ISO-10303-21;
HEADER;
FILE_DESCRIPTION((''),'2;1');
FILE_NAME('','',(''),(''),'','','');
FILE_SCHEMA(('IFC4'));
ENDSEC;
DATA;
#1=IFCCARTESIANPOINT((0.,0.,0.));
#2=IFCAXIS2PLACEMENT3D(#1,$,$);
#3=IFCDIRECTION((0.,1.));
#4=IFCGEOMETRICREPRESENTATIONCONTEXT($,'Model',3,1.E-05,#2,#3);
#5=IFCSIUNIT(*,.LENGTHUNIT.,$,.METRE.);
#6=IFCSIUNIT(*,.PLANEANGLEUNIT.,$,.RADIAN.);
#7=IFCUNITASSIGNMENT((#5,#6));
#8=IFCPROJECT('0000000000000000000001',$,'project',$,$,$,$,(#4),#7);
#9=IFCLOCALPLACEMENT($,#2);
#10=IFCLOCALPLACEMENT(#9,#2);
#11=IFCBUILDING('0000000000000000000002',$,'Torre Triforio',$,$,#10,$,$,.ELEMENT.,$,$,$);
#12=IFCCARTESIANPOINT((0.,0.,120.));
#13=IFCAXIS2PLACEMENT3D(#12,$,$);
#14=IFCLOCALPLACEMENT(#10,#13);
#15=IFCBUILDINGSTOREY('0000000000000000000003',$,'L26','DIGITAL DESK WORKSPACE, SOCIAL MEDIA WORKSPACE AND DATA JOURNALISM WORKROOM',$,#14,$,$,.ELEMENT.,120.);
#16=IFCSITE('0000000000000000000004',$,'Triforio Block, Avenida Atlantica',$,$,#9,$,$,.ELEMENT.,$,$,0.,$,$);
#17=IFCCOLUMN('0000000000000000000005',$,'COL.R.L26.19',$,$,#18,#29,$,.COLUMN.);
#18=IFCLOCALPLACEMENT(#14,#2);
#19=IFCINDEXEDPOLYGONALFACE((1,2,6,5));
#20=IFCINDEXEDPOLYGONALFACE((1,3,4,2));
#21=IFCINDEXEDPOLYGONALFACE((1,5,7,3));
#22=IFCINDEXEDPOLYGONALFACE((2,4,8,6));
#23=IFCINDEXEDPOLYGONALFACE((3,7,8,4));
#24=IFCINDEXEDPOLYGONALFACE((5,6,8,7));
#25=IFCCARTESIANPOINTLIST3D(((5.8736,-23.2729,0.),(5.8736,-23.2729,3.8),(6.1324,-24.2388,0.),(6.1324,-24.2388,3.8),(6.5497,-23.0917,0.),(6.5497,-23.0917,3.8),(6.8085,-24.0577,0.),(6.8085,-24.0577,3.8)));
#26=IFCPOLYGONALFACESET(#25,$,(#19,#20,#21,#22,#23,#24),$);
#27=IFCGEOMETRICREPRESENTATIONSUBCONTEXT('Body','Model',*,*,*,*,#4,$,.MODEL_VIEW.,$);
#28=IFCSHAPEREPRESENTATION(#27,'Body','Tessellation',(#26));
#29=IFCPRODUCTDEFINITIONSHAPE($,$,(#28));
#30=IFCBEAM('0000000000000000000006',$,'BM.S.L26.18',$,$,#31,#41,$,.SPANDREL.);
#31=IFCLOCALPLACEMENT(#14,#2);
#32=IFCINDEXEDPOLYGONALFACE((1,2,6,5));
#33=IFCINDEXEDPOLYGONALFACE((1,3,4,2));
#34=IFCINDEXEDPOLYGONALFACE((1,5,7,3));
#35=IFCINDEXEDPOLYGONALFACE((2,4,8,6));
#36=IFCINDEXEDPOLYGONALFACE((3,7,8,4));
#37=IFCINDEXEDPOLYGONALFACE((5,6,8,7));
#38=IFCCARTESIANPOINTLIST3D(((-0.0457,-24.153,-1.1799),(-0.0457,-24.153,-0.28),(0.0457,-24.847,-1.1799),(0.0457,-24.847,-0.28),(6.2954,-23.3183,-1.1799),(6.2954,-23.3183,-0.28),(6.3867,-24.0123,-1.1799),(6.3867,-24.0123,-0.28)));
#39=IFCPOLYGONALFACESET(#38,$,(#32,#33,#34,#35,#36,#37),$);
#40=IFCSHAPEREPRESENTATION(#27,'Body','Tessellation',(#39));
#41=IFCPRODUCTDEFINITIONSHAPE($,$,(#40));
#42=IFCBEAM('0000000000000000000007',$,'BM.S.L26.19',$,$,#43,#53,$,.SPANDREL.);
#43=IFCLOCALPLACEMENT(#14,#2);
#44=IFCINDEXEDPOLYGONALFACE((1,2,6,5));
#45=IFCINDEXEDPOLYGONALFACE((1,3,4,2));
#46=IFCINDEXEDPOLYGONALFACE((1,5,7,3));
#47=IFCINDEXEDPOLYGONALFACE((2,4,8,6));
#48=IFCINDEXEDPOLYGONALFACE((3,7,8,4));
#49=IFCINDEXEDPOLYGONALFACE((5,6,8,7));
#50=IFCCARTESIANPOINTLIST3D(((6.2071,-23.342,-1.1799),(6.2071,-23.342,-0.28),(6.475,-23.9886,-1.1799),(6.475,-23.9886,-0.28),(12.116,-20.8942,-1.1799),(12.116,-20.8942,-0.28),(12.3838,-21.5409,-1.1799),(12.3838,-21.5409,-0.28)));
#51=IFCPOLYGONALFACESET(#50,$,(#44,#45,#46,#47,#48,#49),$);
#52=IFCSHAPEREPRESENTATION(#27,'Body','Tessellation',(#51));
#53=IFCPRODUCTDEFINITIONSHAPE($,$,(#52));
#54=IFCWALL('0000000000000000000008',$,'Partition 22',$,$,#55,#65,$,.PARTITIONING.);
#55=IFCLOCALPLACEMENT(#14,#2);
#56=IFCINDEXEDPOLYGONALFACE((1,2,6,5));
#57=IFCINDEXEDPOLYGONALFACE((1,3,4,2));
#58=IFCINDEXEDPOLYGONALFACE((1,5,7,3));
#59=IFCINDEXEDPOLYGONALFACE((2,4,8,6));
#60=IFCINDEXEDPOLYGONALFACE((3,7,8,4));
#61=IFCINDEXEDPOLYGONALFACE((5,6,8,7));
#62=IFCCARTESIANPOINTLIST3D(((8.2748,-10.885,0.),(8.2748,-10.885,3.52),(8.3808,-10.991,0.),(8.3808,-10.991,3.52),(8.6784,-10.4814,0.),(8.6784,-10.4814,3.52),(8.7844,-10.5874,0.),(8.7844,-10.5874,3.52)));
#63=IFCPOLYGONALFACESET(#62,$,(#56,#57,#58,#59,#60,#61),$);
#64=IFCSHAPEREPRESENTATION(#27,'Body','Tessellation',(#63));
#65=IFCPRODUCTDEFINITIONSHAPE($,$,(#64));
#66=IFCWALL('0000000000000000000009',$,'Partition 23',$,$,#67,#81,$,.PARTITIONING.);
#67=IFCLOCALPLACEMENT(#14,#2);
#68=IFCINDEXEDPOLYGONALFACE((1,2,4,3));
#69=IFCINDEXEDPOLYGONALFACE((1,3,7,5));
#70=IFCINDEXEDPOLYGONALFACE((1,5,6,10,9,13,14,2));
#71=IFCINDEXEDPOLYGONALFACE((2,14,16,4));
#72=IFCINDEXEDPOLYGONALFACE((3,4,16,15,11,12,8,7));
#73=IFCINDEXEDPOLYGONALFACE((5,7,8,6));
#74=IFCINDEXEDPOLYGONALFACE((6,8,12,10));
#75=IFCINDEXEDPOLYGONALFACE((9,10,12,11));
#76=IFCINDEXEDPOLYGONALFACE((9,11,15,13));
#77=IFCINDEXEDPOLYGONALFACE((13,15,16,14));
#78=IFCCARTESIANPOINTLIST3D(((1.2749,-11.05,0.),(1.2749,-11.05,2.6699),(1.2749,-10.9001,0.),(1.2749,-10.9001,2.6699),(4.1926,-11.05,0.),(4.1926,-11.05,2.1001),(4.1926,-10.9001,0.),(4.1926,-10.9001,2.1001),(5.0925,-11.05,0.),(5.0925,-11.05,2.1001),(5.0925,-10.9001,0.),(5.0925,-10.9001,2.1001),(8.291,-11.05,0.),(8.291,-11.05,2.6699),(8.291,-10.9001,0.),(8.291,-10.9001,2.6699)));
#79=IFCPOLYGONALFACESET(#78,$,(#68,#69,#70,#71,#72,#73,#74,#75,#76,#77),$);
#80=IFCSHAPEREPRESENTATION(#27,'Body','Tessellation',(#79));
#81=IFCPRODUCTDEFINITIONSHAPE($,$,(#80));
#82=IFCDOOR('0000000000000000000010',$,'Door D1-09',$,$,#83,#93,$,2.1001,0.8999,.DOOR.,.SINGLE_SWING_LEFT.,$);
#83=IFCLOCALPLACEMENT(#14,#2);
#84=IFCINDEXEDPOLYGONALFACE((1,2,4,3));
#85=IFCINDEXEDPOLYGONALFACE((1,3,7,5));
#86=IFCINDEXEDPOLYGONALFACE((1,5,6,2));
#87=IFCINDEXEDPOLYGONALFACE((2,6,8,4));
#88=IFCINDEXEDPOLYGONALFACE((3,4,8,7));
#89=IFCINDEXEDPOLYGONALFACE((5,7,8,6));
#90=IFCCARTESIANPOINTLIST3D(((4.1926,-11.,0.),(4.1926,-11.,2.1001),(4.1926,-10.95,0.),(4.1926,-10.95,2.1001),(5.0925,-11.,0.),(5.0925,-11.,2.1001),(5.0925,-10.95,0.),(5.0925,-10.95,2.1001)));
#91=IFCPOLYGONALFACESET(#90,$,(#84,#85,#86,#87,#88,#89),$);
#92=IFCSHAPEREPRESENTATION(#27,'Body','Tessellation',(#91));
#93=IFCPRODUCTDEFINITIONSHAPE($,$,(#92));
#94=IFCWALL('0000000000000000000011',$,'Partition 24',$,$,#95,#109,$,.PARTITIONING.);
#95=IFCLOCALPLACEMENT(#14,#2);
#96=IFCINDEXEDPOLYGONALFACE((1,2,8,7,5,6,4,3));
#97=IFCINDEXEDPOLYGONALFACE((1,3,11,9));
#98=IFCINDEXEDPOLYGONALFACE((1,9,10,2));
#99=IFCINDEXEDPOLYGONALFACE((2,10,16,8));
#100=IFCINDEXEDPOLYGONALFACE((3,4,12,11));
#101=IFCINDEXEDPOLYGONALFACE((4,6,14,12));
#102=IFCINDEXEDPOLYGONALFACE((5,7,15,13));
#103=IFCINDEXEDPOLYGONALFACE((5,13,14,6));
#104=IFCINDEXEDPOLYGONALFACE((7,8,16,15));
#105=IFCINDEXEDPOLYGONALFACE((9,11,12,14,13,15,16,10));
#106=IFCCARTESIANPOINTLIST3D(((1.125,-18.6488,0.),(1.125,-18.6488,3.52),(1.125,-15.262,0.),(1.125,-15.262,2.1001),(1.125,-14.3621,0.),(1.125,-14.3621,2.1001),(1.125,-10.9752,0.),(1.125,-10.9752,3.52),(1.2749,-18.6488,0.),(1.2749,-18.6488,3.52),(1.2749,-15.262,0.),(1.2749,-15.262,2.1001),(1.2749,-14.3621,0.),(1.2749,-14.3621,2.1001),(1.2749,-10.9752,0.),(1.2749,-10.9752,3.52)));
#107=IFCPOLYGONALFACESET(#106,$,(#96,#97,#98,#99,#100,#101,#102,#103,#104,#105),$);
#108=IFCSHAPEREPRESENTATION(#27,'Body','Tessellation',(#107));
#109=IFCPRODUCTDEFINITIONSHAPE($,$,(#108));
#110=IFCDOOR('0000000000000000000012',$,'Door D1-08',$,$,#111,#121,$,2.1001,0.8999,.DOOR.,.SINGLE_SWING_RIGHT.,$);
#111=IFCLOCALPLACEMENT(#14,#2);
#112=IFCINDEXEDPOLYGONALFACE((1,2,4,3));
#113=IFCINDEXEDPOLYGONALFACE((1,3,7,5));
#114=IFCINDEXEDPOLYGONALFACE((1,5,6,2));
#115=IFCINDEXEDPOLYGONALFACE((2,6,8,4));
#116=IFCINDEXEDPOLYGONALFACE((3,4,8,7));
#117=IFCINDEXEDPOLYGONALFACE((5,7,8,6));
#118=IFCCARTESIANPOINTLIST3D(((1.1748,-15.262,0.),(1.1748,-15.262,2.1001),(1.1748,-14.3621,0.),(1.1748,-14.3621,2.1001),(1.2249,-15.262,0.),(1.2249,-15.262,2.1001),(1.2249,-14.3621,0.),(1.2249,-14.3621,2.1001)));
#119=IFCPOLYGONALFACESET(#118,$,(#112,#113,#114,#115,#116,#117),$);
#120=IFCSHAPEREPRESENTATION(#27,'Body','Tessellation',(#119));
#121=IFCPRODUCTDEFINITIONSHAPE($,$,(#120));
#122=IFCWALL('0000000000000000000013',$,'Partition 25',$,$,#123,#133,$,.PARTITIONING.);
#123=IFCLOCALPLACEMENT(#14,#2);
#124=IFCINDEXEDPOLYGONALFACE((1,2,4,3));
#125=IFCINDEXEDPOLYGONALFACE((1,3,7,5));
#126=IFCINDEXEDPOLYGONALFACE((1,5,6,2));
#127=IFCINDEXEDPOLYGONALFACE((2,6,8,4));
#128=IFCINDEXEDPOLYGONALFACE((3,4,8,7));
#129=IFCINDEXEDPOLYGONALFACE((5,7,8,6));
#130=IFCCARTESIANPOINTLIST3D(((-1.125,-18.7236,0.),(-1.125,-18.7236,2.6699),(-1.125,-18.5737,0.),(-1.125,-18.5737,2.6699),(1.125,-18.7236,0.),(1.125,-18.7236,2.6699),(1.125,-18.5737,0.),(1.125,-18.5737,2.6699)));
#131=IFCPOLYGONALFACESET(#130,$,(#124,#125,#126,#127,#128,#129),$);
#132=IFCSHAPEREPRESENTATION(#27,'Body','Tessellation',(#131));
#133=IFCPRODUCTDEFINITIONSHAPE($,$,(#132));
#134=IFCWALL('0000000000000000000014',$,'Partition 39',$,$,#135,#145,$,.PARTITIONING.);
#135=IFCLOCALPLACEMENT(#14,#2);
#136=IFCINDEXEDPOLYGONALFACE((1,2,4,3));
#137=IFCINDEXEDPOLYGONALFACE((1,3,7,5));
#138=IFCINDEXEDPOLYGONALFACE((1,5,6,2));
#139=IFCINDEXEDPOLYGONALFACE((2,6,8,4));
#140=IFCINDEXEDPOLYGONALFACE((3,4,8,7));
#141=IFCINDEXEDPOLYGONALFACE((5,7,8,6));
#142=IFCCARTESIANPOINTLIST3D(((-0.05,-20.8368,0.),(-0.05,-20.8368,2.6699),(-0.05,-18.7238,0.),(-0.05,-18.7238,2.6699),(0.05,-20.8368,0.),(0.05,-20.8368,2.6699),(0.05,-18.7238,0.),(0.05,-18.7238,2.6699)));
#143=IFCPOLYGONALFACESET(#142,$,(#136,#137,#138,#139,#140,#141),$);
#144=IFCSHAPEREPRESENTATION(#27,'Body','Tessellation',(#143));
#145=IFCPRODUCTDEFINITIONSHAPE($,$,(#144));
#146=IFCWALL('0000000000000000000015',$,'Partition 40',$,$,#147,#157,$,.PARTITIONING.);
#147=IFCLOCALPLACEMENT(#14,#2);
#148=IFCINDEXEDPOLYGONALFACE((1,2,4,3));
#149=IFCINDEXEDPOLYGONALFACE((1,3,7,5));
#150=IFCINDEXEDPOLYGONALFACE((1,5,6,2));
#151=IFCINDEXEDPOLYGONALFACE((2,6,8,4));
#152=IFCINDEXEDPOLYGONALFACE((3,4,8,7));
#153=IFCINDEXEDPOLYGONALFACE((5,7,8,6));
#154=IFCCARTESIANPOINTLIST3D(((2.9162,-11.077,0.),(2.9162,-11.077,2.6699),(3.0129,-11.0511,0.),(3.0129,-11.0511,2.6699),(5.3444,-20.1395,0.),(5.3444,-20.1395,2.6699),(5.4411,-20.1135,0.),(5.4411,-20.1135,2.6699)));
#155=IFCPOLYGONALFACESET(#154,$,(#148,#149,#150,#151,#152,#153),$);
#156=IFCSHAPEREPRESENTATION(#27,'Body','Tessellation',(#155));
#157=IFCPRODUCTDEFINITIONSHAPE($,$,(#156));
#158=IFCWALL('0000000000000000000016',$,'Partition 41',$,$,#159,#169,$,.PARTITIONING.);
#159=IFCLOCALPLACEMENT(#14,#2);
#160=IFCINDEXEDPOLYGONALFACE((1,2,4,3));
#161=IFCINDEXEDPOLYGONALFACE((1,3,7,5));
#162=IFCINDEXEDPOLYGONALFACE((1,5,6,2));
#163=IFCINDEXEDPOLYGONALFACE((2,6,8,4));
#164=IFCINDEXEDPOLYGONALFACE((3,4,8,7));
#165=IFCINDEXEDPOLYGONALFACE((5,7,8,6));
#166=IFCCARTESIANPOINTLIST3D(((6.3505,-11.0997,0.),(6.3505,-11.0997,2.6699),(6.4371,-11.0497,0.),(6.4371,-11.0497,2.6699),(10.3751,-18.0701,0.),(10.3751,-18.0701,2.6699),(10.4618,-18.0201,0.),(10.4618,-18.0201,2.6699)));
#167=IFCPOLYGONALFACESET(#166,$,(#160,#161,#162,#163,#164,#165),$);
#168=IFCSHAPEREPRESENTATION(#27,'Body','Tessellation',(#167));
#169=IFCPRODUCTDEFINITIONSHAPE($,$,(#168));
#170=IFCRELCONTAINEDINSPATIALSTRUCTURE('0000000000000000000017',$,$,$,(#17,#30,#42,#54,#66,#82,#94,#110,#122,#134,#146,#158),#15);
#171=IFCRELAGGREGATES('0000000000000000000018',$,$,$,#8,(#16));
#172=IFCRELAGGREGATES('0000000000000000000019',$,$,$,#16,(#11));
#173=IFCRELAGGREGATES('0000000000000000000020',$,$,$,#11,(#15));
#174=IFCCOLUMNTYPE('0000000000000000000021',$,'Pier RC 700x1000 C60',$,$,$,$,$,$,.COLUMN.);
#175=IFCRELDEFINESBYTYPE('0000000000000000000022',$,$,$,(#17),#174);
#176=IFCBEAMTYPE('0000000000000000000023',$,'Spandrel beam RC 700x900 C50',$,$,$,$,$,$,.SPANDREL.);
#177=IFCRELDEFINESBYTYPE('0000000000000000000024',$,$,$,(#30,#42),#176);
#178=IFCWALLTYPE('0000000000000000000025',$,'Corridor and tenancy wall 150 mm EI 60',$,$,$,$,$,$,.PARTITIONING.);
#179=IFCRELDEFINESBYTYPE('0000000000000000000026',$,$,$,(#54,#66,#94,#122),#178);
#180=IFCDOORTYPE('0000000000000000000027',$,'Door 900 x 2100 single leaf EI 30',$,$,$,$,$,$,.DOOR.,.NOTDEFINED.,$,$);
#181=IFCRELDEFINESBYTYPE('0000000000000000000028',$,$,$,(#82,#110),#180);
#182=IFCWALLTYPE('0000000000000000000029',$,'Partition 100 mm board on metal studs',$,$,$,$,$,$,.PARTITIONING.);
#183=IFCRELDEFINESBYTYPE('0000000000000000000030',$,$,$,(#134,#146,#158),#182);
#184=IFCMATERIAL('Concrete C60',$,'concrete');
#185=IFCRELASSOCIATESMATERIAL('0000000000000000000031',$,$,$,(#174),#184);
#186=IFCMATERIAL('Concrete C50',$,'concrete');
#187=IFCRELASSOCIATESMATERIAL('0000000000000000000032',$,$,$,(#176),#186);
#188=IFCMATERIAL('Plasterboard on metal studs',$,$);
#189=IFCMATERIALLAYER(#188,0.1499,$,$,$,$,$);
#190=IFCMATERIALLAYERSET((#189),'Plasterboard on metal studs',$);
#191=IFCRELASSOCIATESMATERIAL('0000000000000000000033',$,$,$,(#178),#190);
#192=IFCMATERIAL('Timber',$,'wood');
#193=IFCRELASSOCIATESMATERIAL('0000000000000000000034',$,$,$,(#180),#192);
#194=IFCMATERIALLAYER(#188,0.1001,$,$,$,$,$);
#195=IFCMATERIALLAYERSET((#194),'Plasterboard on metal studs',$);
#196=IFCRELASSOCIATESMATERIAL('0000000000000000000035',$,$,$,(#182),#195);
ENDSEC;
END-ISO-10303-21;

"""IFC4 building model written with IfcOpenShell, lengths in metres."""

from ifc_helpers import new_model, si_unit, direction, frame, frame_2d, origin, origin_2d, place, context, subcontext, project, spatial, rectangle, extrude, material, layer, layer_set, material_profile, profile_set, type_object, element, fill, save


model = new_model("IFC4")

# Units and contexts
model_context = context("Model", 3, precision=1e-05, world=origin(), true_north=direction((0.0, 1.0)))
body_context = subcontext(model_context, "Body", "Model", "MODEL_VIEW")
ifc_project = project(units=[si_unit("LENGTHUNIT", "METRE"), si_unit("PLANEANGLEUNIT", "RADIAN")], contexts=[model_context])

# Site, building, storey
site_placement = place(None, origin())
site = spatial("IfcSite", under=ifc_project, at=site_placement, Name="Triforio Block, Avenida Atlantica", CompositionType="ELEMENT", RefElevation=0.0)
building_placement = place(site_placement, origin())
building = spatial("IfcBuilding", under=site, at=building_placement, Name="Torre Triforio", CompositionType="ELEMENT")
storey_placement = place(building_placement, frame((0.0, 0.0, 120.0)))
storey = spatial("IfcBuildingStorey", under=building, at=storey_placement, Name="L26", Description="DIGITAL DESK WORKSPACE, SOCIAL MEDIA WORKSPACE AND DATA JOURNALISM WORKROOM", CompositionType="ELEMENT", Elevation=120.0)

# Column
ifc_material_1 = material(Name="Concrete C60", Category="concrete")
ifc_material_profile_1 = material_profile(ifc_material_1, rectangle(XDim=0.7, YDim=1.0, at=origin_2d()), Name="RC 700x1000")
ifc_profile_set_1 = profile_set([ifc_material_profile_1], Name="Concrete C60")
column_type = type_object("IfcColumnType", Name="Pier RC 700x1000 C60", PredefinedType="COLUMN", material=ifc_profile_set_1)
column_placement = place(storey_placement, frame((6.3411, -23.6653, 0.0), z_axis=(0.0, 0.0, 1.0), x_axis=(0.965926, 0.258819, 0.0)))
element("IfcColumn", 1, at=column_placement, inside=storey, type_object=column_type, Name="COL.R.L26.19", PredefinedType="COLUMN", context=body_context, shape_type="SweptSolid", body=[
    extrude(rectangle(XDim=0.7, YDim=1.0, at=origin_2d()), origin(), (0.0, 0.0, 1.0), 3.8),
])

# Beams
ifc_material_2 = material(Name="Concrete C50", Category="concrete")
ifc_material_profile_2 = material_profile(ifc_material_2, rectangle(XDim=0.7, YDim=0.8999, at=origin_2d()), Name="RC 700x900")
ifc_profile_set_2 = profile_set([ifc_material_profile_2], Name="Concrete C50")
beam_type = type_object("IfcBeamType", Name="Spandrel beam RC 700x900 C50", PredefinedType="SPANDREL", material=ifc_profile_set_2)
for number, where, z_axis, x_axis, name in (
    (2, (0.0, -24.5, -0.73), (0.991447, 0.130511, 0.0), (-0.130511, 0.991447, 0.0), "BM.S.L26.18"),
    (3, (6.3411, -23.6653, -0.73), (0.923869, 0.382709, 0.0), (-0.382709, 0.923869, 0.0), "BM.S.L26.19"),
):
    element("IfcBeam", number, at=place(storey_placement, frame(where, z_axis=z_axis, x_axis=x_axis)), inside=storey, type_object=beam_type, Name=name, PredefinedType="SPANDREL", context=body_context, shape_type="SweptSolid", body=[
        extrude(rectangle(XDim=0.7, YDim=0.8999, at=origin_2d()), origin(), (0.0, 0.0, 1.0), 6.3958),
    ])

# Wall
ifc_material_3 = material(Name="Plasterboard on metal studs")
ifc_layer_1 = layer(ifc_material_3, 0.1499)
ifc_layer_set_1 = layer_set([ifc_layer_1], Name="Plasterboard on metal studs")
wall_type_1 = type_object("IfcWallType", Name="Corridor and tenancy wall 150 mm EI 60", PredefinedType="PARTITIONING", material=ifc_layer_set_1)
wall_1_placement = place(storey_placement, frame((8.7314, -10.5344, 0.0), z_axis=(0.0, 0.0, 1.0), x_axis=(-0.707107, -0.707107, 0.0)))
element("IfcWall", 4, at=wall_1_placement, inside=storey, type_object=wall_type_1, Name="Partition 22", PredefinedType="PARTITIONING", context=body_context, shape_type="SweptSolid", body=[
    extrude(rectangle(XDim=0.5708, YDim=0.1499, at=frame_2d((0.2854, 0.0))), origin(), (0.0, 0.0, 1.0), 3.52),
])

# Walls, openings, doors
wall_2_placement = place(storey_placement, frame((8.291, -10.9751, 0.0), z_axis=(0.0, 0.0, 1.0), x_axis=(-1.0, 0.0, 0.0)))
wall_2 = element("IfcWall", 5, at=wall_2_placement, inside=storey, type_object=wall_type_1, Name="Partition 23", PredefinedType="PARTITIONING", context=body_context, shape_type="SweptSolid", body=[
    extrude(rectangle(XDim=7.0161, YDim=0.1499, at=frame_2d((3.5081, 0.0))), origin(), (0.0, 0.0, 1.0), 2.6699),
])
opening_1_placement = place(wall_2_placement, frame((3.1985, 0.0, 0.0)))
opening_1 = element("IfcOpeningElement", 6, at=opening_1_placement, cuts=wall_2, PredefinedType="OPENING", context=body_context, shape_type="SweptSolid", body=[
    extrude(rectangle(XDim=0.8999, YDim=2.1001, at=frame_2d((0.45, 1.05))), frame((0.0, 0.085, 0.0), z_axis=(0.0, -1.0, 0.0), x_axis=(1.0, 0.0, 0.0)), (0.0, 0.0, 1.0), 0.1699),
])
ifc_material_4 = material(Name="Timber", Category="wood")
door_type_1 = type_object("IfcDoorType", Name="Door 900 x 2100 single leaf EI 30", OperationType="NOTDEFINED", PredefinedType="DOOR", material=ifc_material_4)
door_1_placement = place(opening_1_placement, origin())
door_1 = element("IfcDoor", 7, at=door_1_placement, inside=storey, type_object=door_type_1, Name="Door D1-09", OperationType="SINGLE_SWING_LEFT", OverallHeight=2.1001, OverallWidth=0.8999, PredefinedType="DOOR", context=body_context, shape_type="SweptSolid", body=[
    extrude(rectangle(XDim=0.8999, YDim=2.1001, at=frame_2d((0.45, 1.05))), frame((0.0, 0.0249, 0.0), z_axis=(0.0, -1.0, 0.0), x_axis=(1.0, 0.0, 0.0)), (0.0, 0.0, 1.0), 0.05),
])
fill(opening_1, door_1)
wall_3_placement = place(storey_placement, frame((1.2, -10.9751, 0.0), z_axis=(0.0, 0.0, 1.0), x_axis=(0.0, -1.0, 0.0)))
wall_3 = element("IfcWall", 8, at=wall_3_placement, inside=storey, type_object=wall_type_1, Name="Partition 24", PredefinedType="PARTITIONING", context=body_context, shape_type="SweptSolid", body=[
    extrude(rectangle(XDim=7.6736, YDim=0.1499, at=frame_2d((3.8369, 0.0))), origin(), (0.0, 0.0, 1.0), 3.52),
])
opening_2_placement = place(wall_3_placement, frame((3.387, 0.0, 0.0)))
opening_2 = element("IfcOpeningElement", 9, at=opening_2_placement, cuts=wall_3, PredefinedType="OPENING", context=body_context, shape_type="SweptSolid", body=[
    extrude(rectangle(XDim=0.8999, YDim=2.1001, at=frame_2d((0.45, 1.05))), frame((0.0, 0.085, 0.0), z_axis=(0.0, -1.0, 0.0), x_axis=(1.0, 0.0, 0.0)), (0.0, 0.0, 1.0), 0.1699),
])
door_2_placement = place(opening_2_placement, origin())
door_2 = element("IfcDoor", 10, at=door_2_placement, inside=storey, type_object=door_type_1, Name="Door D1-08", OperationType="SINGLE_SWING_RIGHT", OverallHeight=2.1001, OverallWidth=0.8999, PredefinedType="DOOR", context=body_context, shape_type="SweptSolid", body=[
    extrude(rectangle(XDim=0.8999, YDim=2.1001, at=frame_2d((0.45, 1.05))), frame((0.0, 0.0249, 0.0), z_axis=(0.0, -1.0, 0.0), x_axis=(1.0, 0.0, 0.0)), (0.0, 0.0, 1.0), 0.05),
])
fill(opening_2, door_2)

# Walls
wall_4_placement = place(storey_placement, frame((1.125, -18.6487, 0.0), z_axis=(0.0, 0.0, 1.0), x_axis=(-1.0, 0.0, 0.0)))
element("IfcWall", 11, at=wall_4_placement, inside=storey, type_object=wall_type_1, Name="Partition 25", PredefinedType="PARTITIONING", context=body_context, shape_type="SweptSolid", body=[
    extrude(rectangle(XDim=2.25, YDim=0.1499, at=frame_2d((1.125, 0.0))), origin(), (0.0, 0.0, 1.0), 2.6699),
])
ifc_layer_2 = layer(ifc_material_3, 0.1001)
ifc_layer_set_2 = layer_set([ifc_layer_2], Name="Plasterboard on metal studs")
wall_type_2 = type_object("IfcWallType", Name="Partition 100 mm board on metal studs", PredefinedType="PARTITIONING", material=ifc_layer_set_2)
wall_5_placement = place(storey_placement, frame((0.0, -18.7236, 0.0), z_axis=(0.0, 0.0, 1.0), x_axis=(0.0, -1.0, 0.0)))
element("IfcWall", 12, at=wall_5_placement, inside=storey, type_object=wall_type_2, Name="Partition 39", PredefinedType="PARTITIONING", context=body_context, shape_type="SweptSolid", body=[
    extrude(rectangle(XDim=2.113, YDim=0.1001, at=frame_2d((1.0566, 0.0))), origin(), (0.0, 0.0, 1.0), 2.6699),
])
wall_6_placement = place(storey_placement, frame((2.9646, -11.0642, 0.0), z_axis=(0.0, 0.0, 1.0), x_axis=(0.258812, -0.965928, 0.0)))
element("IfcWall", 13, at=wall_6_placement, inside=storey, type_object=wall_type_2, Name="Partition 40", PredefinedType="PARTITIONING", context=body_context, shape_type="SweptSolid", body=[
    extrude(rectangle(XDim=9.3821, YDim=0.1001, at=frame_2d((4.6909, 0.0))), origin(), (0.0, 0.0, 1.0), 2.6699),
])
wall_7_placement = place(storey_placement, frame((6.3938, -11.0747, 0.0), z_axis=(0.0, 0.0, 1.0), x_axis=(0.500024, -0.866011, 0.0)))
element("IfcWall", 14, at=wall_7_placement, inside=storey, type_object=wall_type_2, Name="Partition 41", PredefinedType="PARTITIONING", context=body_context, shape_type="SweptSolid", body=[
    extrude(rectangle(XDim=8.0488, YDim=0.1001, at=frame_2d((4.0244, 0.0))), origin(), (0.0, 0.0, 1.0), 2.6699),
])

save(model, "model.ifc")
